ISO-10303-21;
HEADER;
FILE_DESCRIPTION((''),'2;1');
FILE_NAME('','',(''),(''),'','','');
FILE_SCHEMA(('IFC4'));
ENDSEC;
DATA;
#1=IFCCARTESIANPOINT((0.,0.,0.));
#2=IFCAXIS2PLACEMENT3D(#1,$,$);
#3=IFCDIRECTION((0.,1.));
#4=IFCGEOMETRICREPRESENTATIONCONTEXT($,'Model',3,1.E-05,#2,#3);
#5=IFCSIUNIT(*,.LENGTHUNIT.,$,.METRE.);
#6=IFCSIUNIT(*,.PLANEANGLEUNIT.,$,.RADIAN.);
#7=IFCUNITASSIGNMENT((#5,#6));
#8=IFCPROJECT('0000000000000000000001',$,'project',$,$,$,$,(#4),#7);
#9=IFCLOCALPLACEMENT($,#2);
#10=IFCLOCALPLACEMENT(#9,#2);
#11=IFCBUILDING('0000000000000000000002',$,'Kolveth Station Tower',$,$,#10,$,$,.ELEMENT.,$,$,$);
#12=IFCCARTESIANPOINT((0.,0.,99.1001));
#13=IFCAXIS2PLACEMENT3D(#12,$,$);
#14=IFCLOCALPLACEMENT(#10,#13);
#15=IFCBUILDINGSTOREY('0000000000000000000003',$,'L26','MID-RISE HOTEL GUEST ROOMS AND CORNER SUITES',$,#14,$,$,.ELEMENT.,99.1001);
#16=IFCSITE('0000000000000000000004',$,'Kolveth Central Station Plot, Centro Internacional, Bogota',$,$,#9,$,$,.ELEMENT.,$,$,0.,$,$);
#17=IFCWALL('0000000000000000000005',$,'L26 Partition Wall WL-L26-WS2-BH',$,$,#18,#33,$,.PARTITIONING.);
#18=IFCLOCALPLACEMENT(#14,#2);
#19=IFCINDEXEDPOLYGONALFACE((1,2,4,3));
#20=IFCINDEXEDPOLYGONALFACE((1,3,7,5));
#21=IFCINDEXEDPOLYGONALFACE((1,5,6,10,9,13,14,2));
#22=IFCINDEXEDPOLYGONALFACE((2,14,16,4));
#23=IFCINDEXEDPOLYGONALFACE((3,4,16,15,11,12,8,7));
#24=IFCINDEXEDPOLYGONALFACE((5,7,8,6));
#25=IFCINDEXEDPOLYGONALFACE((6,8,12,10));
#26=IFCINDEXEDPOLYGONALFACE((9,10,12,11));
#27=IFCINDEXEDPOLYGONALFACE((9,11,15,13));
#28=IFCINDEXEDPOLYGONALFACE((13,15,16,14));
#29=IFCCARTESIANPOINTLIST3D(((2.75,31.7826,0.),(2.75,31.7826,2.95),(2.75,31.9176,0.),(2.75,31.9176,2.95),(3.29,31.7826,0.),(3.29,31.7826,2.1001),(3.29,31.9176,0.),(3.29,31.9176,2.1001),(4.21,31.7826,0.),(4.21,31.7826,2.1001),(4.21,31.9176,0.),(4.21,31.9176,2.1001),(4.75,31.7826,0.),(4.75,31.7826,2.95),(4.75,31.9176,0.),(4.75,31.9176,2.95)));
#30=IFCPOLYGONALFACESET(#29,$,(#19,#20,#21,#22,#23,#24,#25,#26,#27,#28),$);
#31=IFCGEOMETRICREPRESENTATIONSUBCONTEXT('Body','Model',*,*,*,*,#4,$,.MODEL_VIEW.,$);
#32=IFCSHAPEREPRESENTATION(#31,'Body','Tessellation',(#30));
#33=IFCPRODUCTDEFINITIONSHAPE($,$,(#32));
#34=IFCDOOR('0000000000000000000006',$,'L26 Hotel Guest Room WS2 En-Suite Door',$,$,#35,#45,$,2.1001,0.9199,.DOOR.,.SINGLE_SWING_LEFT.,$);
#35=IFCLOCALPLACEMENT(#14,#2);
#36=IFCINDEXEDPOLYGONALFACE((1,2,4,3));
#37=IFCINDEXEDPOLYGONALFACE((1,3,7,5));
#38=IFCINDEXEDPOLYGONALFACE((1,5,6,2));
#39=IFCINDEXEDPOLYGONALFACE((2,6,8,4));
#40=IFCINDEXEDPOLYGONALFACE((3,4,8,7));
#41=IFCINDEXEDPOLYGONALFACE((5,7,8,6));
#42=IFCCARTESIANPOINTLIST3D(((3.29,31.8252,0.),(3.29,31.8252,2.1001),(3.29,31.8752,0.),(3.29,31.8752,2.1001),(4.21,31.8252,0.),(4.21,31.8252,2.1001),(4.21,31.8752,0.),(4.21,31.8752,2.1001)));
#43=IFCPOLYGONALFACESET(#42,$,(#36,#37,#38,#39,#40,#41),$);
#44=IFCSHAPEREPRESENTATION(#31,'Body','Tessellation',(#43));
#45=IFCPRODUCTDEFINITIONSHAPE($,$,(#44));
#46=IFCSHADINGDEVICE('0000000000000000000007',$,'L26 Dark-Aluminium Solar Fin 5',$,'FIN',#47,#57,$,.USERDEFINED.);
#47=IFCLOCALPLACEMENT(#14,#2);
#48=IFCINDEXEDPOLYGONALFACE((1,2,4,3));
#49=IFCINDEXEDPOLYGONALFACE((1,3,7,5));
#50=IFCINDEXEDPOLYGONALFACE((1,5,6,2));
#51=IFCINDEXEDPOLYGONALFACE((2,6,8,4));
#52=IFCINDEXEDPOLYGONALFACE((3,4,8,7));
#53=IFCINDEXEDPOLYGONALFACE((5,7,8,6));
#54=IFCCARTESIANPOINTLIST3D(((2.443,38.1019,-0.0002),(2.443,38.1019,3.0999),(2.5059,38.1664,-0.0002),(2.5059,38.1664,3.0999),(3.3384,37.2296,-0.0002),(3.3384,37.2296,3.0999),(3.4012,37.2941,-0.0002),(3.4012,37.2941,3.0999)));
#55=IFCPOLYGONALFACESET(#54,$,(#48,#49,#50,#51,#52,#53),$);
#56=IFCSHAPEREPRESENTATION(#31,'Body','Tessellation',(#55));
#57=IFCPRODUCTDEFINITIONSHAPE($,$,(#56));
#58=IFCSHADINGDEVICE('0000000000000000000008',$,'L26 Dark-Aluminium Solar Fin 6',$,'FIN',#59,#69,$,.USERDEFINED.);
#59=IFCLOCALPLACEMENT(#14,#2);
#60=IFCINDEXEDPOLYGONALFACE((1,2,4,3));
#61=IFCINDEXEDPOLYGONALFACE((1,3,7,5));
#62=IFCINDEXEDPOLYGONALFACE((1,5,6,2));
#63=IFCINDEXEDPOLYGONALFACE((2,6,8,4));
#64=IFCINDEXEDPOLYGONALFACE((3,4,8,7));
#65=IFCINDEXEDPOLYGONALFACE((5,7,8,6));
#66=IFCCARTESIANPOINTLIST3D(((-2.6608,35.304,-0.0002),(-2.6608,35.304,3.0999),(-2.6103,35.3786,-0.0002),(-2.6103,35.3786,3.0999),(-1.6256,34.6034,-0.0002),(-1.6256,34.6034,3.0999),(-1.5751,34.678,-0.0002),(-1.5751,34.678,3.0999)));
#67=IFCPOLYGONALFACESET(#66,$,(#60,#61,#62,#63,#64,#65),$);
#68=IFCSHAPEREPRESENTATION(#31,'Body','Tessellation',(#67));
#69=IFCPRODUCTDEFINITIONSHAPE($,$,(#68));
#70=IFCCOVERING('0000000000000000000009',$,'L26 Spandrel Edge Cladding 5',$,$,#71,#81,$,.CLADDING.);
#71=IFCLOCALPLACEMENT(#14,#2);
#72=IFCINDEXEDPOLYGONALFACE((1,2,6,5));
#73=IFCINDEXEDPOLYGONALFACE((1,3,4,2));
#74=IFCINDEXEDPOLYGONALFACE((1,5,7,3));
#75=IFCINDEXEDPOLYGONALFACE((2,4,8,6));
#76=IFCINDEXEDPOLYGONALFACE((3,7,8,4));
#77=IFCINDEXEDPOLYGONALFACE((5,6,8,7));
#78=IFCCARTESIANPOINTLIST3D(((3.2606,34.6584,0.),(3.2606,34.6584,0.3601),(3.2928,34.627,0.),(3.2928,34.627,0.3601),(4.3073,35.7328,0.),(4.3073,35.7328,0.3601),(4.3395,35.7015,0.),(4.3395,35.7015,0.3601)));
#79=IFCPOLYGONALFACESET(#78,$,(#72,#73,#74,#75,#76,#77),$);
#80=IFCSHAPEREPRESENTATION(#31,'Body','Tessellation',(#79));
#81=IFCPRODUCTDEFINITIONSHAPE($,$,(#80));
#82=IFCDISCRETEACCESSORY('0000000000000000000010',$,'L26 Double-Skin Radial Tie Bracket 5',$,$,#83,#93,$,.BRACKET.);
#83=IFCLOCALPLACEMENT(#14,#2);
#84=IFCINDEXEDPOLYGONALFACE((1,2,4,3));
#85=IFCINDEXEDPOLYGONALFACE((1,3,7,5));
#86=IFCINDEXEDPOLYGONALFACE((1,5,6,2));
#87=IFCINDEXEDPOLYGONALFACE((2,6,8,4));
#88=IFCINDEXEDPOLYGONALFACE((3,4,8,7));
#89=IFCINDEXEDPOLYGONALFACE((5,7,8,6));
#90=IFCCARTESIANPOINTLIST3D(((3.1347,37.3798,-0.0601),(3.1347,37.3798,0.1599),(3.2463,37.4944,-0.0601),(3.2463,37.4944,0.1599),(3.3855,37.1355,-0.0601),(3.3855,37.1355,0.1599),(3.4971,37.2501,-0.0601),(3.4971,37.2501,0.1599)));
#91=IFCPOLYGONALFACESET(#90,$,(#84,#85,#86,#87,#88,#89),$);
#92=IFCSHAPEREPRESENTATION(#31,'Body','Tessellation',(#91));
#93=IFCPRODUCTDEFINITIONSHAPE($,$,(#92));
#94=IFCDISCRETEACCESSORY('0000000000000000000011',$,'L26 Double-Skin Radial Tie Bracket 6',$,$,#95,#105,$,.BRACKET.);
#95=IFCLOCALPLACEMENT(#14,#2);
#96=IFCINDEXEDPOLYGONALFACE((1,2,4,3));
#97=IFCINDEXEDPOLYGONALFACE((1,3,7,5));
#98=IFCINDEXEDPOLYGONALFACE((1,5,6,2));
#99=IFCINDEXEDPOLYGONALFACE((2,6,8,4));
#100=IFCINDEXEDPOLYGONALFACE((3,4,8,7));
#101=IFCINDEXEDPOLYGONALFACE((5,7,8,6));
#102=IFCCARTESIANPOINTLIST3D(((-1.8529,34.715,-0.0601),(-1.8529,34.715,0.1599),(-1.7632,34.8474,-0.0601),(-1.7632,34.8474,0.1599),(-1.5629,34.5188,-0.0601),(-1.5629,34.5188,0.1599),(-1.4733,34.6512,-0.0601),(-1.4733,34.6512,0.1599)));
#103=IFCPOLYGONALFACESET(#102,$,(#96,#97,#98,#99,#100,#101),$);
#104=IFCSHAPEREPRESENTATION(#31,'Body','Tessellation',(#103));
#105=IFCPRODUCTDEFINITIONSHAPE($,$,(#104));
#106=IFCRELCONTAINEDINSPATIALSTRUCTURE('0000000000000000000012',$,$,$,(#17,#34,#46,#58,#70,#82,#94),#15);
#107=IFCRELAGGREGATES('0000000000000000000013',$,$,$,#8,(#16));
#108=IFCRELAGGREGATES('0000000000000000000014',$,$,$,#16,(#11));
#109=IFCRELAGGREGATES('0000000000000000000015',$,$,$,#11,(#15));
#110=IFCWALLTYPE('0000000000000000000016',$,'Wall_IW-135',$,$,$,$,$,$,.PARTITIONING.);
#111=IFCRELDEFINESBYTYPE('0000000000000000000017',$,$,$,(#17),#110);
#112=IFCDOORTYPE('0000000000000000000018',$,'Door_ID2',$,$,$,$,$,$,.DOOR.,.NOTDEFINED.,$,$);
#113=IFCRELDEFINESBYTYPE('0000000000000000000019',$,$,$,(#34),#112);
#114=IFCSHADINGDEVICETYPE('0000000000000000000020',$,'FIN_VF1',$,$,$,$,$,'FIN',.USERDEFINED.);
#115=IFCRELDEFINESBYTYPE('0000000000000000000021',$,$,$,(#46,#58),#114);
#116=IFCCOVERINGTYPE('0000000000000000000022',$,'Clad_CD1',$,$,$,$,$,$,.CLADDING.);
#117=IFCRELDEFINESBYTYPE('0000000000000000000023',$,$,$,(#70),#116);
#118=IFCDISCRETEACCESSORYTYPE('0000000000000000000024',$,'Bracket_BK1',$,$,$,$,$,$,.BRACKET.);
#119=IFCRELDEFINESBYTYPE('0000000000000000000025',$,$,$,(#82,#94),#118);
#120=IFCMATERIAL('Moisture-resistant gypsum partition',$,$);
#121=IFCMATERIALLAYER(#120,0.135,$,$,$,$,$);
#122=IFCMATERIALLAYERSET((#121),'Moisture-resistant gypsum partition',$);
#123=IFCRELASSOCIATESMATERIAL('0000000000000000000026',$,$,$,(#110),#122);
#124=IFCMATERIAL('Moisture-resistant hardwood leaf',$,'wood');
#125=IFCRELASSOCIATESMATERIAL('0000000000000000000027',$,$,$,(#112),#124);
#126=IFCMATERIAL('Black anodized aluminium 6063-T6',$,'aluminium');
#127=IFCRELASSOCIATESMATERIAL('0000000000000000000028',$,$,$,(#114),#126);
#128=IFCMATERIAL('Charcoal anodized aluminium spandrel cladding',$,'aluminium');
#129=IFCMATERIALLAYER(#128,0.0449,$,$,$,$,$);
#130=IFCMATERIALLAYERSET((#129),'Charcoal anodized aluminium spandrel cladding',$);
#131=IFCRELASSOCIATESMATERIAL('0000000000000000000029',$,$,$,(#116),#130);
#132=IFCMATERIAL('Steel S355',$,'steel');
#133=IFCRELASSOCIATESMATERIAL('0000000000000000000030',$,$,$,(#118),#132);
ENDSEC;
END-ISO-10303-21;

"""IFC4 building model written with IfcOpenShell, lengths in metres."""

from ifc_helpers import new_model, si_unit, direction, frame, frame_2d, origin, origin_2d, place, context, subcontext, project, spatial, rectangle, extrude, source, transform, mapped, material, layer, layer_set, type_object, element, fill, save


model = new_model("IFC4")

# Units and contexts
model_context = context("Model", 3, precision=1e-05, world=origin(), true_north=direction((0.0, 1.0)))
body_context = subcontext(model_context, "Body", "Model", "MODEL_VIEW")
ifc_project = project(units=[si_unit("LENGTHUNIT", "METRE"), si_unit("PLANEANGLEUNIT", "RADIAN")], contexts=[model_context])

# Site, building, storey
site_placement = place(None, origin())
site = spatial("IfcSite", under=ifc_project, at=site_placement, Name="Kolveth Central Station Plot, Centro Internacional, Bogota", CompositionType="ELEMENT", RefElevation=0.0)
building_placement = place(site_placement, origin())
building = spatial("IfcBuilding", under=site, at=building_placement, Name="Kolveth Station Tower", CompositionType="ELEMENT")
storey_placement = place(building_placement, frame((0.0, 0.0, 99.1001)))
storey = spatial("IfcBuildingStorey", under=building, at=storey_placement, Name="L26", Description="MID-RISE HOTEL GUEST ROOMS AND CORNER SUITES", CompositionType="ELEMENT", Elevation=99.1001)

# Shared definitions
ifc_material_1 = material(Name="Black anodized aluminium 6063-T6", Category="aluminium")

# Wall, opening, door
ifc_material_2 = material(Name="Moisture-resistant gypsum partition")
ifc_layer_1 = layer(ifc_material_2, 0.135)
ifc_layer_set_1 = layer_set([ifc_layer_1], Name="Moisture-resistant gypsum partition")
wall_type = type_object("IfcWallType", Name="Wall_IW-135", PredefinedType="PARTITIONING", material=ifc_layer_set_1)
wall_placement = place(storey_placement, frame((2.75, 31.8501, 0.0), z_axis=(0.0, 0.0, 1.0), x_axis=(1.0, 0.0, 0.0)))
wall = element("IfcWall", 1, at=wall_placement, inside=storey, type_object=wall_type, Name="L26 Partition Wall WL-L26-WS2-BH", PredefinedType="PARTITIONING", context=body_context, shape_type="SweptSolid", body=[
    extrude(rectangle(XDim=2.0, YDim=0.135, at=frame_2d((1.0, 0.0))), origin(), (0.0, 0.0, 1.0), 2.95),
])
opening_placement = place(wall_placement, frame((0.54, 0.0, 0.0)))
opening = element("IfcOpeningElement", 2, at=opening_placement, cuts=wall, PredefinedType="OPENING", context=body_context, shape_type="SweptSolid", body=[
    extrude(rectangle(XDim=0.9199, YDim=2.1001, at=frame_2d((0.46, 1.05))), frame((0.0, 0.0774, 0.0), z_axis=(0.0, -1.0, 0.0), x_axis=(1.0, 0.0, 0.0)), (0.0, 0.0, 1.0), 0.155),
])
ifc_material_3 = material(Name="Moisture-resistant hardwood leaf", Category="wood")
door_type = type_object("IfcDoorType", Name="Door_ID2", OperationType="NOTDEFINED", PredefinedType="DOOR", material=ifc_material_3)
door_placement = place(opening_placement, frame((0.9199, 0.0, 0.0), z_axis=(0.0, 0.0, 1.0), x_axis=(-1.0, 0.0, 0.0)))
door = element("IfcDoor", 3, at=door_placement, inside=storey, type_object=door_type, Name="L26 Hotel Guest Room WS2 En-Suite Door", OperationType="SINGLE_SWING_LEFT", OverallHeight=2.1001, OverallWidth=0.9199, PredefinedType="DOOR", context=body_context, shape_type="SweptSolid", body=[
    extrude(rectangle(XDim=0.9199, YDim=2.1001, at=frame_2d((0.46, 1.05))), frame((0.0, 0.0249, 0.0), z_axis=(0.0, -1.0, 0.0), x_axis=(1.0, 0.0, 0.0)), (0.0, 0.0, 1.0), 0.05),
])
fill(opening, door)

# Shading devices
shading_device_type = type_object("IfcShadingDeviceType", Name="FIN_VF1", ElementType="FIN", PredefinedType="USERDEFINED", material=ifc_material_1)
shared_shape_1 = source(origin(), body_context, "Body", "SweptSolid", [
    extrude(rectangle(XDim=1.25, YDim=0.0901, at=origin_2d()), origin(), (0.0, 0.0, 1.0), 3.1001),
])
for number, where, z_axis, x_axis, name in (
    (4, (2.9221, 37.698, -0.0002), (0.0, 0.0, 1.0), (-0.716302, 0.69779, 0.0), "L26 Dark-Aluminium Solar Fin 5"),
    (5, (-2.1179, 34.991, -0.0002), (0.0, 0.0, 1.0), (-0.828158, 0.560494, 0.0), "L26 Dark-Aluminium Solar Fin 6"),
):
    element("IfcShadingDevice", number, at=place(storey_placement, frame(where, z_axis=z_axis, x_axis=x_axis)), inside=storey, type_object=shading_device_type, Name=name, ObjectType="FIN", PredefinedType="USERDEFINED", context=body_context, shape_type="MappedRepresentation", body=[
        mapped(shared_shape_1, transform((0.0, 0.0, 0.0), x_axis=(1.0, 0.0, 0.0), y_axis=(0.0, 1.0, 0.0), z_axis=(0.0, 0.0, 1.0), scale=1.0)),
    ])

# Covering
ifc_material_4 = material(Name="Charcoal anodized aluminium spandrel cladding", Category="aluminium")
ifc_layer_2 = layer(ifc_material_4, 0.0449)
ifc_layer_set_2 = layer_set([ifc_layer_2], Name="Charcoal anodized aluminium spandrel cladding")
covering_type = type_object("IfcCoveringType", Name="Clad_CD1", PredefinedType="CLADDING", material=ifc_layer_set_2)
shared_shape_2 = source(origin(), body_context, "Body", "SweptSolid", [
    extrude(rectangle(XDim=1.5, YDim=0.0449, at=origin_2d()), origin(), (0.0, 0.0, 1.0), 0.3601),
])
covering_placement = place(storey_placement, frame((3.8, 35.1799, 0.0), z_axis=(0.0, 0.0, 1.0), x_axis=(-0.69779, -0.716302, 0.0)))
element("IfcCovering", 6, at=covering_placement, inside=storey, type_object=covering_type, Name="L26 Spandrel Edge Cladding 5", PredefinedType="CLADDING", context=body_context, shape_type="MappedRepresentation", body=[
    mapped(shared_shape_2, transform((0.0, 0.0, 0.0), x_axis=(1.0, 0.0, 0.0), y_axis=(0.0, 1.0, 0.0), z_axis=(0.0, 0.0, 1.0), scale=1.0)),
])

# Discrete accessories
ifc_material_5 = material(Name="Steel S355", Category="steel")
discrete_accessory_type = type_object("IfcDiscreteAccessoryType", Name="Bracket_BK1", PredefinedType="BRACKET", material=ifc_material_5)
shared_shape_3 = source(origin(), body_context, "Body", "SweptSolid", [
    extrude(rectangle(XDim=0.3501, YDim=0.1599, at=origin_2d()), origin(), (0.0, 0.0, 1.0), 0.22),
])
for number, where, z_axis, x_axis, name in (
    (7, (3.3159, 37.3149, -0.0601), (0.0, 0.0, 1.0), (-0.716302, 0.69779, 0.0), "L26 Double-Skin Radial Tie Bracket 5"),
    (8, (-1.6631, 34.6831, -0.0601), (0.0, 0.0, 1.0), (-0.828158, 0.560494, 0.0), "L26 Double-Skin Radial Tie Bracket 6"),
):
    element("IfcDiscreteAccessory", number, at=place(storey_placement, frame(where, z_axis=z_axis, x_axis=x_axis)), inside=storey, type_object=discrete_accessory_type, Name=name, PredefinedType="BRACKET", context=body_context, shape_type="MappedRepresentation", body=[
        mapped(shared_shape_3, transform((0.0, 0.0, 0.0), x_axis=(1.0, 0.0, 0.0), y_axis=(0.0, 1.0, 0.0), z_axis=(0.0, 0.0, 1.0), scale=1.0)),
    ])

save(model, "model.ifc")
